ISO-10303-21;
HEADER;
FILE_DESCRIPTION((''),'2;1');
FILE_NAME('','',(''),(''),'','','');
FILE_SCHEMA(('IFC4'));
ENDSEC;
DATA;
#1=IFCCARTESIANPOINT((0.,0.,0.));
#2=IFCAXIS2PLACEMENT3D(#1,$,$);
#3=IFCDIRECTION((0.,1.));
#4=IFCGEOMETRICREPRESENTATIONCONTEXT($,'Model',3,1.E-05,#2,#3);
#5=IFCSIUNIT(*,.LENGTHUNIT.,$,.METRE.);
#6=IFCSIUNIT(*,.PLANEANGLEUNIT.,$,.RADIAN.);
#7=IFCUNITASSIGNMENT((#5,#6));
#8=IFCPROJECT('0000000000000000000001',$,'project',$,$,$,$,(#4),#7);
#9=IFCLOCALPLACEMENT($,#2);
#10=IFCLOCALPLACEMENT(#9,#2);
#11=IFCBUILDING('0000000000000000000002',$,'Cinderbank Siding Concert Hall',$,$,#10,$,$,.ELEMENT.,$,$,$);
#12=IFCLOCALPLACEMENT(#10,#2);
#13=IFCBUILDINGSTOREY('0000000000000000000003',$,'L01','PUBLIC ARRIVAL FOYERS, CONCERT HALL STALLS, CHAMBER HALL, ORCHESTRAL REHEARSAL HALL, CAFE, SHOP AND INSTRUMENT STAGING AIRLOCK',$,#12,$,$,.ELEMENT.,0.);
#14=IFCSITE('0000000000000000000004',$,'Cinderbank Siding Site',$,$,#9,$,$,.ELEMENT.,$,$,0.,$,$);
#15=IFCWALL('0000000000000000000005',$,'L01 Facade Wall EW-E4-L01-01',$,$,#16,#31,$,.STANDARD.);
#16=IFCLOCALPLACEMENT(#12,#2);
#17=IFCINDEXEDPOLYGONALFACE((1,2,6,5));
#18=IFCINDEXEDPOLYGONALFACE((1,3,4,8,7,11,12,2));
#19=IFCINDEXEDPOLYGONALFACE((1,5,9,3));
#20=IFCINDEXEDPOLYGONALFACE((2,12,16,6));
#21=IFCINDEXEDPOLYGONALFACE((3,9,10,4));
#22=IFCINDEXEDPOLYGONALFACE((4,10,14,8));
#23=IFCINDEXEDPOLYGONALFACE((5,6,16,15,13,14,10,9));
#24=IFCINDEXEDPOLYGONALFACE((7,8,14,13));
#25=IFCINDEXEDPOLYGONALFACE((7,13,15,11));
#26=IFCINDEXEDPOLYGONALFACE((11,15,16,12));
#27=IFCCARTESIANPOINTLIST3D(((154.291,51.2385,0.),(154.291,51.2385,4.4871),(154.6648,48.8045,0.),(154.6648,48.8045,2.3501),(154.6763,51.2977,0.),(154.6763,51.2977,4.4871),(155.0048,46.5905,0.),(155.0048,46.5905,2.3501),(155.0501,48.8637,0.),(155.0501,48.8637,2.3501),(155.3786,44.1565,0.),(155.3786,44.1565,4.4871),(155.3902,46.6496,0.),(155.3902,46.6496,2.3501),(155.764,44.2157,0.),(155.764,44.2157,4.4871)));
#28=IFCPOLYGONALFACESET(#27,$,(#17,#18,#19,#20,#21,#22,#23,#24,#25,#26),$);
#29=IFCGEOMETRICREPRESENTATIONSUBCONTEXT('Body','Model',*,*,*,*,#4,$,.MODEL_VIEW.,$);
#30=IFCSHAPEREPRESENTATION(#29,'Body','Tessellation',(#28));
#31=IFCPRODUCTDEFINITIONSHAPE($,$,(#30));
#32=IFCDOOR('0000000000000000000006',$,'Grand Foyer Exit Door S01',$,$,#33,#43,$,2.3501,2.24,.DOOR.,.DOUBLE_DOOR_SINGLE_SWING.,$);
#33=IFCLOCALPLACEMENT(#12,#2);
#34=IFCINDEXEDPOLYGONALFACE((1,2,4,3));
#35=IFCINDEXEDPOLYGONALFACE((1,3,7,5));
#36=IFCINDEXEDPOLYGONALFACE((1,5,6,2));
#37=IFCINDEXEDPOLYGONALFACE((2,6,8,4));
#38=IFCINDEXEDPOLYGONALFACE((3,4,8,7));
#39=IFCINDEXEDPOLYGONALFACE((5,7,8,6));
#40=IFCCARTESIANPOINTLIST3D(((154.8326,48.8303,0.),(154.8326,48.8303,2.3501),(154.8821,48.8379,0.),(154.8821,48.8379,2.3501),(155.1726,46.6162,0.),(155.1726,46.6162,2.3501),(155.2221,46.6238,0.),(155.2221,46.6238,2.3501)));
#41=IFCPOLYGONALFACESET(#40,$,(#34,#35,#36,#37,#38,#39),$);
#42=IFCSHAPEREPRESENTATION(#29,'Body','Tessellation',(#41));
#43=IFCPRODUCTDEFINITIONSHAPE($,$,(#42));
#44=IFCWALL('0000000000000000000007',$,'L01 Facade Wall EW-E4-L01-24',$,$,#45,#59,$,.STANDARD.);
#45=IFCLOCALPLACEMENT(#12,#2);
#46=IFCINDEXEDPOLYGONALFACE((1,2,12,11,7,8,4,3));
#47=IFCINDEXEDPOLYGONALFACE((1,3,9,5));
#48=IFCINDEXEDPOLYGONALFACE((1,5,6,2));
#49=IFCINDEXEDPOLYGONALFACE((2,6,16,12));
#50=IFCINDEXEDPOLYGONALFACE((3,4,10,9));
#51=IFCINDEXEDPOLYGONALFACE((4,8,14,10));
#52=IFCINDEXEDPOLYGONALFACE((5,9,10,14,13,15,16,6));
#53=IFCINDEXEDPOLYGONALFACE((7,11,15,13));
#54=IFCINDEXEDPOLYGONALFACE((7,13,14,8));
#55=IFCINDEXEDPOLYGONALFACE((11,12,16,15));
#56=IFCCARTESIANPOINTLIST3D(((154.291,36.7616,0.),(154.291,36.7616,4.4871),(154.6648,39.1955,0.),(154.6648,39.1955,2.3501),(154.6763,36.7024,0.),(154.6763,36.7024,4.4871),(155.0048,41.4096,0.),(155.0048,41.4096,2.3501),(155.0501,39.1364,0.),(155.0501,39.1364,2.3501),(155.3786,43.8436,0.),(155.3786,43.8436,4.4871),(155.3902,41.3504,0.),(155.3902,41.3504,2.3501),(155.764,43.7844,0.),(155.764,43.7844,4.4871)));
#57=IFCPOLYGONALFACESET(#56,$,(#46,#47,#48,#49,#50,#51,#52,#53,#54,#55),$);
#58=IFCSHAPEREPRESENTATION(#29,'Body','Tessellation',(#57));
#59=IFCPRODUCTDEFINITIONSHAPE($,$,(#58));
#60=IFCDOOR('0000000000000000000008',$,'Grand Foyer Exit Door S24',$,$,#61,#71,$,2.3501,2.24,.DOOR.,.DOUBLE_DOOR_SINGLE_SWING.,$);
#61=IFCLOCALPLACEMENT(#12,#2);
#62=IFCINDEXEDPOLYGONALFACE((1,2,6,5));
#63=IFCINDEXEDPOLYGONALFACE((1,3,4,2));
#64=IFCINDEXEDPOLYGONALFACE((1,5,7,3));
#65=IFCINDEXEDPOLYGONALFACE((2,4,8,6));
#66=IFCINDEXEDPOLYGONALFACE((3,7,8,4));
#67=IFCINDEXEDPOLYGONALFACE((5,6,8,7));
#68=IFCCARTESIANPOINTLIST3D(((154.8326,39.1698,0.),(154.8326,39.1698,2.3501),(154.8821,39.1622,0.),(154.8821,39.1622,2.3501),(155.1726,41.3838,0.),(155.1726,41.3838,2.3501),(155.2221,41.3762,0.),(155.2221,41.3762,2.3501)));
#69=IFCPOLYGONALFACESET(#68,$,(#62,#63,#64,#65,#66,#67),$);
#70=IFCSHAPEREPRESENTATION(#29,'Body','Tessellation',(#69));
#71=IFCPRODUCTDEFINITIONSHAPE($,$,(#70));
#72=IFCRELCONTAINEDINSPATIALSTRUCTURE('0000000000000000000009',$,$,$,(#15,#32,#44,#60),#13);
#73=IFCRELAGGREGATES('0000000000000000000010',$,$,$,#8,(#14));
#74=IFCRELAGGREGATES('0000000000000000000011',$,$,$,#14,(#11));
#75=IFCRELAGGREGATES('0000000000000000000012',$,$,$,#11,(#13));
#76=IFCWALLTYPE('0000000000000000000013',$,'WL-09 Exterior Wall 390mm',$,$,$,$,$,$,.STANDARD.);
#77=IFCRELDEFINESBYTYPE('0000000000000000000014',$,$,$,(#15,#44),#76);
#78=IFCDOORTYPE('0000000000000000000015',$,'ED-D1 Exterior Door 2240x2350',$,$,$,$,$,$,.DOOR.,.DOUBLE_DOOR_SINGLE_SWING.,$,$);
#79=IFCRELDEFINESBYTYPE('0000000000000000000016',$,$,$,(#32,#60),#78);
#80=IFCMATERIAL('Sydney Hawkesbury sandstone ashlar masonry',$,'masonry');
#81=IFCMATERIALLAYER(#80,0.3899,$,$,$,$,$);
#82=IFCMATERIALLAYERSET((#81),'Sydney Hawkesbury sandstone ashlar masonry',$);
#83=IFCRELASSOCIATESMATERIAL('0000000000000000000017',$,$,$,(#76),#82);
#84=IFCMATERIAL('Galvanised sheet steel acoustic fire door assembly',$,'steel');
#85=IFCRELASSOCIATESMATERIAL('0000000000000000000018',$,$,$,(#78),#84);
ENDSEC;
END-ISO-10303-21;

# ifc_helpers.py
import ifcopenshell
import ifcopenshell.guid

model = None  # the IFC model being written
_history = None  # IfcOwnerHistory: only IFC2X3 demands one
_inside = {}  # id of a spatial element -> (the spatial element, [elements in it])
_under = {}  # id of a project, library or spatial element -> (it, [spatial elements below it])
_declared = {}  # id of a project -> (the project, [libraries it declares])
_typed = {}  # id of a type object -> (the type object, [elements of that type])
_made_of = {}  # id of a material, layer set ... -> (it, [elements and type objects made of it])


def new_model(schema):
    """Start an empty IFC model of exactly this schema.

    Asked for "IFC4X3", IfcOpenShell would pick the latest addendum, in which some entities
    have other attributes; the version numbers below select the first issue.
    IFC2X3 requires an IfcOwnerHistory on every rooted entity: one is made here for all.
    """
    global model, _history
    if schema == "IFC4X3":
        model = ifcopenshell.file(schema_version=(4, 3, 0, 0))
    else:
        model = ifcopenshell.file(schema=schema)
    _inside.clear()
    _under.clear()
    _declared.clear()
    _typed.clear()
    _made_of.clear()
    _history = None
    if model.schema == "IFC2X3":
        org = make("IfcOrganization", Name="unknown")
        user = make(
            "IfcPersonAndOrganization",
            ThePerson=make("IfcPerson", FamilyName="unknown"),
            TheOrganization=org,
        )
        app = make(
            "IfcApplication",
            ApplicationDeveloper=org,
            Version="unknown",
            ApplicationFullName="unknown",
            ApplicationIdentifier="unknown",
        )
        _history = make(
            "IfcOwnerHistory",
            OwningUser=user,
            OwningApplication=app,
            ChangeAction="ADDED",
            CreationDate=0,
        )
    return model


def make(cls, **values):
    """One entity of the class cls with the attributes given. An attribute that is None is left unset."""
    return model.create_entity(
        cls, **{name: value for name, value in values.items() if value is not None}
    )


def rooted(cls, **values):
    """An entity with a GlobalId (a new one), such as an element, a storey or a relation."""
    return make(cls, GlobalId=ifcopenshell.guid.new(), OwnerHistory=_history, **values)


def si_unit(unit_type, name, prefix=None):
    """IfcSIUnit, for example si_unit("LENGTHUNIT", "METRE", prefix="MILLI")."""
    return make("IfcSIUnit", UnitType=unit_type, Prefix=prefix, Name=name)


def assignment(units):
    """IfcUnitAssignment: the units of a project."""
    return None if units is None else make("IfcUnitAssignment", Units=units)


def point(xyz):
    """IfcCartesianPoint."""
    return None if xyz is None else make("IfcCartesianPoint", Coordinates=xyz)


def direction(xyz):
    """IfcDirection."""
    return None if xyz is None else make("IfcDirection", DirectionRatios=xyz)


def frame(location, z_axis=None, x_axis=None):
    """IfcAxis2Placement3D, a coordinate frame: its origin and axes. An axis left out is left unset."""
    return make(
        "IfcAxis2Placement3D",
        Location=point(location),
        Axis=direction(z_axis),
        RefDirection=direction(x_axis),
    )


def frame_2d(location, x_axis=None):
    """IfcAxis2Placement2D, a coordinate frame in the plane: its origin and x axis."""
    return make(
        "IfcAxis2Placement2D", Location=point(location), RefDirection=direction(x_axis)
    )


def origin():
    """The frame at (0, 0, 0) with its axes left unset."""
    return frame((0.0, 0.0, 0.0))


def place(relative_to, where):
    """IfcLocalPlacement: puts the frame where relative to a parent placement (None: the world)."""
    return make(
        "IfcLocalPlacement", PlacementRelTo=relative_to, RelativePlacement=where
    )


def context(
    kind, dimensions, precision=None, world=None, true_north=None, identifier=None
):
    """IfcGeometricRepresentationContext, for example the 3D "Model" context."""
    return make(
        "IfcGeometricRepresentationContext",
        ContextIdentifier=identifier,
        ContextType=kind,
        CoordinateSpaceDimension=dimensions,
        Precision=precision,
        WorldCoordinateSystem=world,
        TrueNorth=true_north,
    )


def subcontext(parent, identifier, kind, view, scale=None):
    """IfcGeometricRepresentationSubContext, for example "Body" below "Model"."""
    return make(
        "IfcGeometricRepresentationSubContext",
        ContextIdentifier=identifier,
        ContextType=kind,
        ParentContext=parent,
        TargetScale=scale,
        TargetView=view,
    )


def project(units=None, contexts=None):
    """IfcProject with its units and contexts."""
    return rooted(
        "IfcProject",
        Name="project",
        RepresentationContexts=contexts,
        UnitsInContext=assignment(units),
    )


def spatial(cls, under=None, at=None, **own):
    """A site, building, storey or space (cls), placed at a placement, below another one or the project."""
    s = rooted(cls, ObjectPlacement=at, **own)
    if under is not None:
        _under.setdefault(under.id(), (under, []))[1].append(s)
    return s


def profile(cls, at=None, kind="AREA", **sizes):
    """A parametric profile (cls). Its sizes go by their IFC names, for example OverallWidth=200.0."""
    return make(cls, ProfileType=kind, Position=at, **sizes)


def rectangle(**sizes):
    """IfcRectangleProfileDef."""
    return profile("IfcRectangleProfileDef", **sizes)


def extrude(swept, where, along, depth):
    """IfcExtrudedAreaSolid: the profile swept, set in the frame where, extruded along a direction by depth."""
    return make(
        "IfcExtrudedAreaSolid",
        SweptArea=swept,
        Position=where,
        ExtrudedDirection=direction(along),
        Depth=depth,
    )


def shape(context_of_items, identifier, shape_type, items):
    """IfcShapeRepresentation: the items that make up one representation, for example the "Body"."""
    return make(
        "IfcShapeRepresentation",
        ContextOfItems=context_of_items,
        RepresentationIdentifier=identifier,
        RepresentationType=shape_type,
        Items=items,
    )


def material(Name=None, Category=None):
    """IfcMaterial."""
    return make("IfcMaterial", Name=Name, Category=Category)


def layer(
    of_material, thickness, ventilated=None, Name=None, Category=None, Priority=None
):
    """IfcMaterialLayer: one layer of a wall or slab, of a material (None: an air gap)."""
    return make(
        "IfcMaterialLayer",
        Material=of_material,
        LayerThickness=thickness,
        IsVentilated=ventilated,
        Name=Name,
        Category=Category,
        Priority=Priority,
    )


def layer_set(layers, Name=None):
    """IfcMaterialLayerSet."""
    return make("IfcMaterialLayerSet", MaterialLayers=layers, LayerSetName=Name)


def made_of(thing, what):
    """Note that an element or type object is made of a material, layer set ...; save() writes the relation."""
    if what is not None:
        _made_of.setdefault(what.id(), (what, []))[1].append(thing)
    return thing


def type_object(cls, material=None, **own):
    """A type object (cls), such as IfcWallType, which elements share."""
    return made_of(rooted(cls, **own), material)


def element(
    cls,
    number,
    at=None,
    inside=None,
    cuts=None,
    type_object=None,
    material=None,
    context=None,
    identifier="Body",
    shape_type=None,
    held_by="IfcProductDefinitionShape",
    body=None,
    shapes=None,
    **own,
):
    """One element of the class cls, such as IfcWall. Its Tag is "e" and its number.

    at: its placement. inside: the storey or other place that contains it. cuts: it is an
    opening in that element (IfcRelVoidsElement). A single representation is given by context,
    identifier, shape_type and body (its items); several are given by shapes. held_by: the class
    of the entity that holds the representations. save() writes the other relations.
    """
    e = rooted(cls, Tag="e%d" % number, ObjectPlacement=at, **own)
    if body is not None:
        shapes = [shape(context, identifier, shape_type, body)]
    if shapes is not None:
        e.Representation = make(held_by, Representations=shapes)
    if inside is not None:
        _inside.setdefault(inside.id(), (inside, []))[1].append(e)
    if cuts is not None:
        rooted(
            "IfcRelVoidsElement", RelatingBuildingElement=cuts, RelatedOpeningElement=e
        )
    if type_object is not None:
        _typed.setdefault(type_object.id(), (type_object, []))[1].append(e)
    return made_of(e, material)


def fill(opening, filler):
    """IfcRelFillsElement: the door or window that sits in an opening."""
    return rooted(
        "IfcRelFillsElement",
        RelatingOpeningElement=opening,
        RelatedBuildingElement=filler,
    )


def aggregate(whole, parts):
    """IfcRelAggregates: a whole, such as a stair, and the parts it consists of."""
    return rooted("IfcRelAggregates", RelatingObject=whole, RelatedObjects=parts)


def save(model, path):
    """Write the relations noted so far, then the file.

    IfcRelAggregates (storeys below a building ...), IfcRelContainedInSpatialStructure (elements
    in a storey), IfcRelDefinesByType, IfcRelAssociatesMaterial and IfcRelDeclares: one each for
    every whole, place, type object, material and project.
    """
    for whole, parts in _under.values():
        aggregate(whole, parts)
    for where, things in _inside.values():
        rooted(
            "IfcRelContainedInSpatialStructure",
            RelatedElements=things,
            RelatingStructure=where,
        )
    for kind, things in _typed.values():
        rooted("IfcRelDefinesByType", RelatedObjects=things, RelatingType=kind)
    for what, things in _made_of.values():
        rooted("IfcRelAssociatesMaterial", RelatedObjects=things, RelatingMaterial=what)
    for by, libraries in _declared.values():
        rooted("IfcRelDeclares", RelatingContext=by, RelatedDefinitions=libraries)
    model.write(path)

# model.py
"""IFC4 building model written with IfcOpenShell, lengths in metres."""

from ifc_helpers import new_model, si_unit, direction, frame, frame_2d, origin, place, context, subcontext, project, spatial, rectangle, extrude, material, layer, layer_set, type_object, element, fill, save


model = new_model("IFC4")

# Units and contexts
model_context = context("Model", 3, precision=1e-05, world=origin(), true_north=direction((0.0, 1.0)))
body_context = subcontext(model_context, "Body", "Model", "MODEL_VIEW")
ifc_project = project(units=[si_unit("LENGTHUNIT", "METRE"), si_unit("PLANEANGLEUNIT", "RADIAN")], contexts=[model_context])

# Site, building, storey
site_placement = place(None, origin())
site = spatial("IfcSite", under=ifc_project, at=site_placement, Name="Cinderbank Siding Site", CompositionType="ELEMENT", RefElevation=0.0)
building_placement = place(site_placement, origin())
building = spatial("IfcBuilding", under=site, at=building_placement, Name="Cinderbank Siding Concert Hall", CompositionType="ELEMENT")
storey_placement = place(building_placement, origin())
storey = spatial("IfcBuildingStorey", under=building, at=storey_placement, Name="L01", Description="PUBLIC ARRIVAL FOYERS, CONCERT HALL STALLS, CHAMBER HALL, ORCHESTRAL REHEARSAL HALL, CAFE, SHOP AND INSTRUMENT STAGING AIRLOCK", CompositionType="ELEMENT", Elevation=0.0)

# Walls, openings, doors
ifc_material_1 = material(Name="Sydney Hawkesbury sandstone ashlar masonry", Category="masonry")
ifc_layer_1 = layer(ifc_material_1, 0.3899)
ifc_layer_set_1 = layer_set([ifc_layer_1], Name="Sydney Hawkesbury sandstone ashlar masonry")
wall_type_1 = type_object("IfcWallType", Name="WL-09 Exterior Wall 390mm", PredefinedType="STANDARD", material=ifc_layer_set_1)
wall_1_placement = place(storey_placement, frame((154.4836, 51.2681, 0.0), z_axis=(0.0, 0.0, 1.0), x_axis=(0.151799, -0.988411, 0.0)))
wall_1 = element("IfcWall", 1, at=wall_1_placement, inside=storey, type_object=wall_type_1, Name="L01 Facade Wall EW-E4-L01-01", PredefinedType="STANDARD", context=body_context, shape_type="SweptSolid", body=[
    extrude(rectangle(XDim=7.165, YDim=0.3899, at=frame_2d((3.5825, 0.0))), origin(), (0.0, 0.0, 1.0), 4.4871),
])
opening_1_placement = place(wall_1_placement, frame((2.4624, 0.0, 0.0)))
opening_1 = element("IfcOpeningElement", 2, at=opening_1_placement, cuts=wall_1, PredefinedType="OPENING", context=body_context, shape_type="SweptSolid", body=[
    extrude(rectangle(XDim=2.24, YDim=2.3501, at=frame_2d((1.1201, 1.175))), frame((0.0, 0.207, 0.0), z_axis=(0.0, -1.0, 0.0), x_axis=(1.0, 0.0, 0.0)), (0.0, 0.0, 1.0), 0.4138),
])
ifc_material_2 = material(Name="Galvanised sheet steel acoustic fire door assembly", Category="steel")
door_type_1 = type_object("IfcDoorType", Name="ED-D1 Exterior Door 2240x2350", OperationType="DOUBLE_DOOR_SINGLE_SWING", PredefinedType="DOOR", material=ifc_material_2)
door_1_placement = place(opening_1_placement, origin())
door_1 = element("IfcDoor", 3, at=door_1_placement, inside=storey, type_object=door_type_1, Name="Grand Foyer Exit Door S01", OperationType="DOUBLE_DOOR_SINGLE_SWING", OverallHeight=2.3501, OverallWidth=2.24, PredefinedType="DOOR", context=body_context, shape_type="SweptSolid", body=[
    extrude(rectangle(XDim=2.24, YDim=2.3501, at=frame_2d((1.1201, 1.175))), frame((0.0, 0.0249, 0.0), z_axis=(0.0, -1.0, 0.0), x_axis=(1.0, 0.0, 0.0)), (0.0, 0.0, 1.0), 0.05),
])
fill(opening_1, door_1)
wall_2_placement = place(storey_placement, frame((155.5713, 43.814, 0.0), z_axis=(0.0, 0.0, 1.0), x_axis=(-0.151799, -0.988411, 0.0)))
wall_2 = element("IfcWall", 4, at=wall_2_placement, inside=storey, type_object=wall_type_1, Name="L01 Facade Wall EW-E4-L01-24", PredefinedType="STANDARD", context=body_context, shape_type="SweptSolid", body=[
    extrude(rectangle(XDim=7.165, YDim=0.3899, at=frame_2d((3.5825, 0.0))), origin(), (0.0, 0.0, 1.0), 4.4871),
])
opening_2_placement = place(wall_2_placement, frame((2.4624, 0.0, 0.0)))
opening_2 = element("IfcOpeningElement", 5, at=opening_2_placement, cuts=wall_2, PredefinedType="OPENING", context=body_context, shape_type="SweptSolid", body=[
    extrude(rectangle(XDim=2.24, YDim=2.3501, at=frame_2d((1.1201, 1.175))), frame((0.0, 0.207, 0.0), z_axis=(0.0, -1.0, 0.0), x_axis=(1.0, 0.0, 0.0)), (0.0, 0.0, 1.0), 0.4138),
])
door_2_placement = place(opening_2_placement, origin())
door_2 = element("IfcDoor", 6, at=door_2_placement, inside=storey, type_object=door_type_1, Name="Grand Foyer Exit Door S24", OperationType="DOUBLE_DOOR_SINGLE_SWING", OverallHeight=2.3501, OverallWidth=2.24, PredefinedType="DOOR", context=body_context, shape_type="SweptSolid", body=[
    extrude(rectangle(XDim=2.24, YDim=2.3501, at=frame_2d((1.1201, 1.175))), frame((0.0, 0.0249, 0.0), z_axis=(0.0, -1.0, 0.0), x_axis=(1.0, 0.0, 0.0)), (0.0, 0.0, 1.0), 0.05),
])
fill(opening_2, door_2)

save(model, "model.ifc")
